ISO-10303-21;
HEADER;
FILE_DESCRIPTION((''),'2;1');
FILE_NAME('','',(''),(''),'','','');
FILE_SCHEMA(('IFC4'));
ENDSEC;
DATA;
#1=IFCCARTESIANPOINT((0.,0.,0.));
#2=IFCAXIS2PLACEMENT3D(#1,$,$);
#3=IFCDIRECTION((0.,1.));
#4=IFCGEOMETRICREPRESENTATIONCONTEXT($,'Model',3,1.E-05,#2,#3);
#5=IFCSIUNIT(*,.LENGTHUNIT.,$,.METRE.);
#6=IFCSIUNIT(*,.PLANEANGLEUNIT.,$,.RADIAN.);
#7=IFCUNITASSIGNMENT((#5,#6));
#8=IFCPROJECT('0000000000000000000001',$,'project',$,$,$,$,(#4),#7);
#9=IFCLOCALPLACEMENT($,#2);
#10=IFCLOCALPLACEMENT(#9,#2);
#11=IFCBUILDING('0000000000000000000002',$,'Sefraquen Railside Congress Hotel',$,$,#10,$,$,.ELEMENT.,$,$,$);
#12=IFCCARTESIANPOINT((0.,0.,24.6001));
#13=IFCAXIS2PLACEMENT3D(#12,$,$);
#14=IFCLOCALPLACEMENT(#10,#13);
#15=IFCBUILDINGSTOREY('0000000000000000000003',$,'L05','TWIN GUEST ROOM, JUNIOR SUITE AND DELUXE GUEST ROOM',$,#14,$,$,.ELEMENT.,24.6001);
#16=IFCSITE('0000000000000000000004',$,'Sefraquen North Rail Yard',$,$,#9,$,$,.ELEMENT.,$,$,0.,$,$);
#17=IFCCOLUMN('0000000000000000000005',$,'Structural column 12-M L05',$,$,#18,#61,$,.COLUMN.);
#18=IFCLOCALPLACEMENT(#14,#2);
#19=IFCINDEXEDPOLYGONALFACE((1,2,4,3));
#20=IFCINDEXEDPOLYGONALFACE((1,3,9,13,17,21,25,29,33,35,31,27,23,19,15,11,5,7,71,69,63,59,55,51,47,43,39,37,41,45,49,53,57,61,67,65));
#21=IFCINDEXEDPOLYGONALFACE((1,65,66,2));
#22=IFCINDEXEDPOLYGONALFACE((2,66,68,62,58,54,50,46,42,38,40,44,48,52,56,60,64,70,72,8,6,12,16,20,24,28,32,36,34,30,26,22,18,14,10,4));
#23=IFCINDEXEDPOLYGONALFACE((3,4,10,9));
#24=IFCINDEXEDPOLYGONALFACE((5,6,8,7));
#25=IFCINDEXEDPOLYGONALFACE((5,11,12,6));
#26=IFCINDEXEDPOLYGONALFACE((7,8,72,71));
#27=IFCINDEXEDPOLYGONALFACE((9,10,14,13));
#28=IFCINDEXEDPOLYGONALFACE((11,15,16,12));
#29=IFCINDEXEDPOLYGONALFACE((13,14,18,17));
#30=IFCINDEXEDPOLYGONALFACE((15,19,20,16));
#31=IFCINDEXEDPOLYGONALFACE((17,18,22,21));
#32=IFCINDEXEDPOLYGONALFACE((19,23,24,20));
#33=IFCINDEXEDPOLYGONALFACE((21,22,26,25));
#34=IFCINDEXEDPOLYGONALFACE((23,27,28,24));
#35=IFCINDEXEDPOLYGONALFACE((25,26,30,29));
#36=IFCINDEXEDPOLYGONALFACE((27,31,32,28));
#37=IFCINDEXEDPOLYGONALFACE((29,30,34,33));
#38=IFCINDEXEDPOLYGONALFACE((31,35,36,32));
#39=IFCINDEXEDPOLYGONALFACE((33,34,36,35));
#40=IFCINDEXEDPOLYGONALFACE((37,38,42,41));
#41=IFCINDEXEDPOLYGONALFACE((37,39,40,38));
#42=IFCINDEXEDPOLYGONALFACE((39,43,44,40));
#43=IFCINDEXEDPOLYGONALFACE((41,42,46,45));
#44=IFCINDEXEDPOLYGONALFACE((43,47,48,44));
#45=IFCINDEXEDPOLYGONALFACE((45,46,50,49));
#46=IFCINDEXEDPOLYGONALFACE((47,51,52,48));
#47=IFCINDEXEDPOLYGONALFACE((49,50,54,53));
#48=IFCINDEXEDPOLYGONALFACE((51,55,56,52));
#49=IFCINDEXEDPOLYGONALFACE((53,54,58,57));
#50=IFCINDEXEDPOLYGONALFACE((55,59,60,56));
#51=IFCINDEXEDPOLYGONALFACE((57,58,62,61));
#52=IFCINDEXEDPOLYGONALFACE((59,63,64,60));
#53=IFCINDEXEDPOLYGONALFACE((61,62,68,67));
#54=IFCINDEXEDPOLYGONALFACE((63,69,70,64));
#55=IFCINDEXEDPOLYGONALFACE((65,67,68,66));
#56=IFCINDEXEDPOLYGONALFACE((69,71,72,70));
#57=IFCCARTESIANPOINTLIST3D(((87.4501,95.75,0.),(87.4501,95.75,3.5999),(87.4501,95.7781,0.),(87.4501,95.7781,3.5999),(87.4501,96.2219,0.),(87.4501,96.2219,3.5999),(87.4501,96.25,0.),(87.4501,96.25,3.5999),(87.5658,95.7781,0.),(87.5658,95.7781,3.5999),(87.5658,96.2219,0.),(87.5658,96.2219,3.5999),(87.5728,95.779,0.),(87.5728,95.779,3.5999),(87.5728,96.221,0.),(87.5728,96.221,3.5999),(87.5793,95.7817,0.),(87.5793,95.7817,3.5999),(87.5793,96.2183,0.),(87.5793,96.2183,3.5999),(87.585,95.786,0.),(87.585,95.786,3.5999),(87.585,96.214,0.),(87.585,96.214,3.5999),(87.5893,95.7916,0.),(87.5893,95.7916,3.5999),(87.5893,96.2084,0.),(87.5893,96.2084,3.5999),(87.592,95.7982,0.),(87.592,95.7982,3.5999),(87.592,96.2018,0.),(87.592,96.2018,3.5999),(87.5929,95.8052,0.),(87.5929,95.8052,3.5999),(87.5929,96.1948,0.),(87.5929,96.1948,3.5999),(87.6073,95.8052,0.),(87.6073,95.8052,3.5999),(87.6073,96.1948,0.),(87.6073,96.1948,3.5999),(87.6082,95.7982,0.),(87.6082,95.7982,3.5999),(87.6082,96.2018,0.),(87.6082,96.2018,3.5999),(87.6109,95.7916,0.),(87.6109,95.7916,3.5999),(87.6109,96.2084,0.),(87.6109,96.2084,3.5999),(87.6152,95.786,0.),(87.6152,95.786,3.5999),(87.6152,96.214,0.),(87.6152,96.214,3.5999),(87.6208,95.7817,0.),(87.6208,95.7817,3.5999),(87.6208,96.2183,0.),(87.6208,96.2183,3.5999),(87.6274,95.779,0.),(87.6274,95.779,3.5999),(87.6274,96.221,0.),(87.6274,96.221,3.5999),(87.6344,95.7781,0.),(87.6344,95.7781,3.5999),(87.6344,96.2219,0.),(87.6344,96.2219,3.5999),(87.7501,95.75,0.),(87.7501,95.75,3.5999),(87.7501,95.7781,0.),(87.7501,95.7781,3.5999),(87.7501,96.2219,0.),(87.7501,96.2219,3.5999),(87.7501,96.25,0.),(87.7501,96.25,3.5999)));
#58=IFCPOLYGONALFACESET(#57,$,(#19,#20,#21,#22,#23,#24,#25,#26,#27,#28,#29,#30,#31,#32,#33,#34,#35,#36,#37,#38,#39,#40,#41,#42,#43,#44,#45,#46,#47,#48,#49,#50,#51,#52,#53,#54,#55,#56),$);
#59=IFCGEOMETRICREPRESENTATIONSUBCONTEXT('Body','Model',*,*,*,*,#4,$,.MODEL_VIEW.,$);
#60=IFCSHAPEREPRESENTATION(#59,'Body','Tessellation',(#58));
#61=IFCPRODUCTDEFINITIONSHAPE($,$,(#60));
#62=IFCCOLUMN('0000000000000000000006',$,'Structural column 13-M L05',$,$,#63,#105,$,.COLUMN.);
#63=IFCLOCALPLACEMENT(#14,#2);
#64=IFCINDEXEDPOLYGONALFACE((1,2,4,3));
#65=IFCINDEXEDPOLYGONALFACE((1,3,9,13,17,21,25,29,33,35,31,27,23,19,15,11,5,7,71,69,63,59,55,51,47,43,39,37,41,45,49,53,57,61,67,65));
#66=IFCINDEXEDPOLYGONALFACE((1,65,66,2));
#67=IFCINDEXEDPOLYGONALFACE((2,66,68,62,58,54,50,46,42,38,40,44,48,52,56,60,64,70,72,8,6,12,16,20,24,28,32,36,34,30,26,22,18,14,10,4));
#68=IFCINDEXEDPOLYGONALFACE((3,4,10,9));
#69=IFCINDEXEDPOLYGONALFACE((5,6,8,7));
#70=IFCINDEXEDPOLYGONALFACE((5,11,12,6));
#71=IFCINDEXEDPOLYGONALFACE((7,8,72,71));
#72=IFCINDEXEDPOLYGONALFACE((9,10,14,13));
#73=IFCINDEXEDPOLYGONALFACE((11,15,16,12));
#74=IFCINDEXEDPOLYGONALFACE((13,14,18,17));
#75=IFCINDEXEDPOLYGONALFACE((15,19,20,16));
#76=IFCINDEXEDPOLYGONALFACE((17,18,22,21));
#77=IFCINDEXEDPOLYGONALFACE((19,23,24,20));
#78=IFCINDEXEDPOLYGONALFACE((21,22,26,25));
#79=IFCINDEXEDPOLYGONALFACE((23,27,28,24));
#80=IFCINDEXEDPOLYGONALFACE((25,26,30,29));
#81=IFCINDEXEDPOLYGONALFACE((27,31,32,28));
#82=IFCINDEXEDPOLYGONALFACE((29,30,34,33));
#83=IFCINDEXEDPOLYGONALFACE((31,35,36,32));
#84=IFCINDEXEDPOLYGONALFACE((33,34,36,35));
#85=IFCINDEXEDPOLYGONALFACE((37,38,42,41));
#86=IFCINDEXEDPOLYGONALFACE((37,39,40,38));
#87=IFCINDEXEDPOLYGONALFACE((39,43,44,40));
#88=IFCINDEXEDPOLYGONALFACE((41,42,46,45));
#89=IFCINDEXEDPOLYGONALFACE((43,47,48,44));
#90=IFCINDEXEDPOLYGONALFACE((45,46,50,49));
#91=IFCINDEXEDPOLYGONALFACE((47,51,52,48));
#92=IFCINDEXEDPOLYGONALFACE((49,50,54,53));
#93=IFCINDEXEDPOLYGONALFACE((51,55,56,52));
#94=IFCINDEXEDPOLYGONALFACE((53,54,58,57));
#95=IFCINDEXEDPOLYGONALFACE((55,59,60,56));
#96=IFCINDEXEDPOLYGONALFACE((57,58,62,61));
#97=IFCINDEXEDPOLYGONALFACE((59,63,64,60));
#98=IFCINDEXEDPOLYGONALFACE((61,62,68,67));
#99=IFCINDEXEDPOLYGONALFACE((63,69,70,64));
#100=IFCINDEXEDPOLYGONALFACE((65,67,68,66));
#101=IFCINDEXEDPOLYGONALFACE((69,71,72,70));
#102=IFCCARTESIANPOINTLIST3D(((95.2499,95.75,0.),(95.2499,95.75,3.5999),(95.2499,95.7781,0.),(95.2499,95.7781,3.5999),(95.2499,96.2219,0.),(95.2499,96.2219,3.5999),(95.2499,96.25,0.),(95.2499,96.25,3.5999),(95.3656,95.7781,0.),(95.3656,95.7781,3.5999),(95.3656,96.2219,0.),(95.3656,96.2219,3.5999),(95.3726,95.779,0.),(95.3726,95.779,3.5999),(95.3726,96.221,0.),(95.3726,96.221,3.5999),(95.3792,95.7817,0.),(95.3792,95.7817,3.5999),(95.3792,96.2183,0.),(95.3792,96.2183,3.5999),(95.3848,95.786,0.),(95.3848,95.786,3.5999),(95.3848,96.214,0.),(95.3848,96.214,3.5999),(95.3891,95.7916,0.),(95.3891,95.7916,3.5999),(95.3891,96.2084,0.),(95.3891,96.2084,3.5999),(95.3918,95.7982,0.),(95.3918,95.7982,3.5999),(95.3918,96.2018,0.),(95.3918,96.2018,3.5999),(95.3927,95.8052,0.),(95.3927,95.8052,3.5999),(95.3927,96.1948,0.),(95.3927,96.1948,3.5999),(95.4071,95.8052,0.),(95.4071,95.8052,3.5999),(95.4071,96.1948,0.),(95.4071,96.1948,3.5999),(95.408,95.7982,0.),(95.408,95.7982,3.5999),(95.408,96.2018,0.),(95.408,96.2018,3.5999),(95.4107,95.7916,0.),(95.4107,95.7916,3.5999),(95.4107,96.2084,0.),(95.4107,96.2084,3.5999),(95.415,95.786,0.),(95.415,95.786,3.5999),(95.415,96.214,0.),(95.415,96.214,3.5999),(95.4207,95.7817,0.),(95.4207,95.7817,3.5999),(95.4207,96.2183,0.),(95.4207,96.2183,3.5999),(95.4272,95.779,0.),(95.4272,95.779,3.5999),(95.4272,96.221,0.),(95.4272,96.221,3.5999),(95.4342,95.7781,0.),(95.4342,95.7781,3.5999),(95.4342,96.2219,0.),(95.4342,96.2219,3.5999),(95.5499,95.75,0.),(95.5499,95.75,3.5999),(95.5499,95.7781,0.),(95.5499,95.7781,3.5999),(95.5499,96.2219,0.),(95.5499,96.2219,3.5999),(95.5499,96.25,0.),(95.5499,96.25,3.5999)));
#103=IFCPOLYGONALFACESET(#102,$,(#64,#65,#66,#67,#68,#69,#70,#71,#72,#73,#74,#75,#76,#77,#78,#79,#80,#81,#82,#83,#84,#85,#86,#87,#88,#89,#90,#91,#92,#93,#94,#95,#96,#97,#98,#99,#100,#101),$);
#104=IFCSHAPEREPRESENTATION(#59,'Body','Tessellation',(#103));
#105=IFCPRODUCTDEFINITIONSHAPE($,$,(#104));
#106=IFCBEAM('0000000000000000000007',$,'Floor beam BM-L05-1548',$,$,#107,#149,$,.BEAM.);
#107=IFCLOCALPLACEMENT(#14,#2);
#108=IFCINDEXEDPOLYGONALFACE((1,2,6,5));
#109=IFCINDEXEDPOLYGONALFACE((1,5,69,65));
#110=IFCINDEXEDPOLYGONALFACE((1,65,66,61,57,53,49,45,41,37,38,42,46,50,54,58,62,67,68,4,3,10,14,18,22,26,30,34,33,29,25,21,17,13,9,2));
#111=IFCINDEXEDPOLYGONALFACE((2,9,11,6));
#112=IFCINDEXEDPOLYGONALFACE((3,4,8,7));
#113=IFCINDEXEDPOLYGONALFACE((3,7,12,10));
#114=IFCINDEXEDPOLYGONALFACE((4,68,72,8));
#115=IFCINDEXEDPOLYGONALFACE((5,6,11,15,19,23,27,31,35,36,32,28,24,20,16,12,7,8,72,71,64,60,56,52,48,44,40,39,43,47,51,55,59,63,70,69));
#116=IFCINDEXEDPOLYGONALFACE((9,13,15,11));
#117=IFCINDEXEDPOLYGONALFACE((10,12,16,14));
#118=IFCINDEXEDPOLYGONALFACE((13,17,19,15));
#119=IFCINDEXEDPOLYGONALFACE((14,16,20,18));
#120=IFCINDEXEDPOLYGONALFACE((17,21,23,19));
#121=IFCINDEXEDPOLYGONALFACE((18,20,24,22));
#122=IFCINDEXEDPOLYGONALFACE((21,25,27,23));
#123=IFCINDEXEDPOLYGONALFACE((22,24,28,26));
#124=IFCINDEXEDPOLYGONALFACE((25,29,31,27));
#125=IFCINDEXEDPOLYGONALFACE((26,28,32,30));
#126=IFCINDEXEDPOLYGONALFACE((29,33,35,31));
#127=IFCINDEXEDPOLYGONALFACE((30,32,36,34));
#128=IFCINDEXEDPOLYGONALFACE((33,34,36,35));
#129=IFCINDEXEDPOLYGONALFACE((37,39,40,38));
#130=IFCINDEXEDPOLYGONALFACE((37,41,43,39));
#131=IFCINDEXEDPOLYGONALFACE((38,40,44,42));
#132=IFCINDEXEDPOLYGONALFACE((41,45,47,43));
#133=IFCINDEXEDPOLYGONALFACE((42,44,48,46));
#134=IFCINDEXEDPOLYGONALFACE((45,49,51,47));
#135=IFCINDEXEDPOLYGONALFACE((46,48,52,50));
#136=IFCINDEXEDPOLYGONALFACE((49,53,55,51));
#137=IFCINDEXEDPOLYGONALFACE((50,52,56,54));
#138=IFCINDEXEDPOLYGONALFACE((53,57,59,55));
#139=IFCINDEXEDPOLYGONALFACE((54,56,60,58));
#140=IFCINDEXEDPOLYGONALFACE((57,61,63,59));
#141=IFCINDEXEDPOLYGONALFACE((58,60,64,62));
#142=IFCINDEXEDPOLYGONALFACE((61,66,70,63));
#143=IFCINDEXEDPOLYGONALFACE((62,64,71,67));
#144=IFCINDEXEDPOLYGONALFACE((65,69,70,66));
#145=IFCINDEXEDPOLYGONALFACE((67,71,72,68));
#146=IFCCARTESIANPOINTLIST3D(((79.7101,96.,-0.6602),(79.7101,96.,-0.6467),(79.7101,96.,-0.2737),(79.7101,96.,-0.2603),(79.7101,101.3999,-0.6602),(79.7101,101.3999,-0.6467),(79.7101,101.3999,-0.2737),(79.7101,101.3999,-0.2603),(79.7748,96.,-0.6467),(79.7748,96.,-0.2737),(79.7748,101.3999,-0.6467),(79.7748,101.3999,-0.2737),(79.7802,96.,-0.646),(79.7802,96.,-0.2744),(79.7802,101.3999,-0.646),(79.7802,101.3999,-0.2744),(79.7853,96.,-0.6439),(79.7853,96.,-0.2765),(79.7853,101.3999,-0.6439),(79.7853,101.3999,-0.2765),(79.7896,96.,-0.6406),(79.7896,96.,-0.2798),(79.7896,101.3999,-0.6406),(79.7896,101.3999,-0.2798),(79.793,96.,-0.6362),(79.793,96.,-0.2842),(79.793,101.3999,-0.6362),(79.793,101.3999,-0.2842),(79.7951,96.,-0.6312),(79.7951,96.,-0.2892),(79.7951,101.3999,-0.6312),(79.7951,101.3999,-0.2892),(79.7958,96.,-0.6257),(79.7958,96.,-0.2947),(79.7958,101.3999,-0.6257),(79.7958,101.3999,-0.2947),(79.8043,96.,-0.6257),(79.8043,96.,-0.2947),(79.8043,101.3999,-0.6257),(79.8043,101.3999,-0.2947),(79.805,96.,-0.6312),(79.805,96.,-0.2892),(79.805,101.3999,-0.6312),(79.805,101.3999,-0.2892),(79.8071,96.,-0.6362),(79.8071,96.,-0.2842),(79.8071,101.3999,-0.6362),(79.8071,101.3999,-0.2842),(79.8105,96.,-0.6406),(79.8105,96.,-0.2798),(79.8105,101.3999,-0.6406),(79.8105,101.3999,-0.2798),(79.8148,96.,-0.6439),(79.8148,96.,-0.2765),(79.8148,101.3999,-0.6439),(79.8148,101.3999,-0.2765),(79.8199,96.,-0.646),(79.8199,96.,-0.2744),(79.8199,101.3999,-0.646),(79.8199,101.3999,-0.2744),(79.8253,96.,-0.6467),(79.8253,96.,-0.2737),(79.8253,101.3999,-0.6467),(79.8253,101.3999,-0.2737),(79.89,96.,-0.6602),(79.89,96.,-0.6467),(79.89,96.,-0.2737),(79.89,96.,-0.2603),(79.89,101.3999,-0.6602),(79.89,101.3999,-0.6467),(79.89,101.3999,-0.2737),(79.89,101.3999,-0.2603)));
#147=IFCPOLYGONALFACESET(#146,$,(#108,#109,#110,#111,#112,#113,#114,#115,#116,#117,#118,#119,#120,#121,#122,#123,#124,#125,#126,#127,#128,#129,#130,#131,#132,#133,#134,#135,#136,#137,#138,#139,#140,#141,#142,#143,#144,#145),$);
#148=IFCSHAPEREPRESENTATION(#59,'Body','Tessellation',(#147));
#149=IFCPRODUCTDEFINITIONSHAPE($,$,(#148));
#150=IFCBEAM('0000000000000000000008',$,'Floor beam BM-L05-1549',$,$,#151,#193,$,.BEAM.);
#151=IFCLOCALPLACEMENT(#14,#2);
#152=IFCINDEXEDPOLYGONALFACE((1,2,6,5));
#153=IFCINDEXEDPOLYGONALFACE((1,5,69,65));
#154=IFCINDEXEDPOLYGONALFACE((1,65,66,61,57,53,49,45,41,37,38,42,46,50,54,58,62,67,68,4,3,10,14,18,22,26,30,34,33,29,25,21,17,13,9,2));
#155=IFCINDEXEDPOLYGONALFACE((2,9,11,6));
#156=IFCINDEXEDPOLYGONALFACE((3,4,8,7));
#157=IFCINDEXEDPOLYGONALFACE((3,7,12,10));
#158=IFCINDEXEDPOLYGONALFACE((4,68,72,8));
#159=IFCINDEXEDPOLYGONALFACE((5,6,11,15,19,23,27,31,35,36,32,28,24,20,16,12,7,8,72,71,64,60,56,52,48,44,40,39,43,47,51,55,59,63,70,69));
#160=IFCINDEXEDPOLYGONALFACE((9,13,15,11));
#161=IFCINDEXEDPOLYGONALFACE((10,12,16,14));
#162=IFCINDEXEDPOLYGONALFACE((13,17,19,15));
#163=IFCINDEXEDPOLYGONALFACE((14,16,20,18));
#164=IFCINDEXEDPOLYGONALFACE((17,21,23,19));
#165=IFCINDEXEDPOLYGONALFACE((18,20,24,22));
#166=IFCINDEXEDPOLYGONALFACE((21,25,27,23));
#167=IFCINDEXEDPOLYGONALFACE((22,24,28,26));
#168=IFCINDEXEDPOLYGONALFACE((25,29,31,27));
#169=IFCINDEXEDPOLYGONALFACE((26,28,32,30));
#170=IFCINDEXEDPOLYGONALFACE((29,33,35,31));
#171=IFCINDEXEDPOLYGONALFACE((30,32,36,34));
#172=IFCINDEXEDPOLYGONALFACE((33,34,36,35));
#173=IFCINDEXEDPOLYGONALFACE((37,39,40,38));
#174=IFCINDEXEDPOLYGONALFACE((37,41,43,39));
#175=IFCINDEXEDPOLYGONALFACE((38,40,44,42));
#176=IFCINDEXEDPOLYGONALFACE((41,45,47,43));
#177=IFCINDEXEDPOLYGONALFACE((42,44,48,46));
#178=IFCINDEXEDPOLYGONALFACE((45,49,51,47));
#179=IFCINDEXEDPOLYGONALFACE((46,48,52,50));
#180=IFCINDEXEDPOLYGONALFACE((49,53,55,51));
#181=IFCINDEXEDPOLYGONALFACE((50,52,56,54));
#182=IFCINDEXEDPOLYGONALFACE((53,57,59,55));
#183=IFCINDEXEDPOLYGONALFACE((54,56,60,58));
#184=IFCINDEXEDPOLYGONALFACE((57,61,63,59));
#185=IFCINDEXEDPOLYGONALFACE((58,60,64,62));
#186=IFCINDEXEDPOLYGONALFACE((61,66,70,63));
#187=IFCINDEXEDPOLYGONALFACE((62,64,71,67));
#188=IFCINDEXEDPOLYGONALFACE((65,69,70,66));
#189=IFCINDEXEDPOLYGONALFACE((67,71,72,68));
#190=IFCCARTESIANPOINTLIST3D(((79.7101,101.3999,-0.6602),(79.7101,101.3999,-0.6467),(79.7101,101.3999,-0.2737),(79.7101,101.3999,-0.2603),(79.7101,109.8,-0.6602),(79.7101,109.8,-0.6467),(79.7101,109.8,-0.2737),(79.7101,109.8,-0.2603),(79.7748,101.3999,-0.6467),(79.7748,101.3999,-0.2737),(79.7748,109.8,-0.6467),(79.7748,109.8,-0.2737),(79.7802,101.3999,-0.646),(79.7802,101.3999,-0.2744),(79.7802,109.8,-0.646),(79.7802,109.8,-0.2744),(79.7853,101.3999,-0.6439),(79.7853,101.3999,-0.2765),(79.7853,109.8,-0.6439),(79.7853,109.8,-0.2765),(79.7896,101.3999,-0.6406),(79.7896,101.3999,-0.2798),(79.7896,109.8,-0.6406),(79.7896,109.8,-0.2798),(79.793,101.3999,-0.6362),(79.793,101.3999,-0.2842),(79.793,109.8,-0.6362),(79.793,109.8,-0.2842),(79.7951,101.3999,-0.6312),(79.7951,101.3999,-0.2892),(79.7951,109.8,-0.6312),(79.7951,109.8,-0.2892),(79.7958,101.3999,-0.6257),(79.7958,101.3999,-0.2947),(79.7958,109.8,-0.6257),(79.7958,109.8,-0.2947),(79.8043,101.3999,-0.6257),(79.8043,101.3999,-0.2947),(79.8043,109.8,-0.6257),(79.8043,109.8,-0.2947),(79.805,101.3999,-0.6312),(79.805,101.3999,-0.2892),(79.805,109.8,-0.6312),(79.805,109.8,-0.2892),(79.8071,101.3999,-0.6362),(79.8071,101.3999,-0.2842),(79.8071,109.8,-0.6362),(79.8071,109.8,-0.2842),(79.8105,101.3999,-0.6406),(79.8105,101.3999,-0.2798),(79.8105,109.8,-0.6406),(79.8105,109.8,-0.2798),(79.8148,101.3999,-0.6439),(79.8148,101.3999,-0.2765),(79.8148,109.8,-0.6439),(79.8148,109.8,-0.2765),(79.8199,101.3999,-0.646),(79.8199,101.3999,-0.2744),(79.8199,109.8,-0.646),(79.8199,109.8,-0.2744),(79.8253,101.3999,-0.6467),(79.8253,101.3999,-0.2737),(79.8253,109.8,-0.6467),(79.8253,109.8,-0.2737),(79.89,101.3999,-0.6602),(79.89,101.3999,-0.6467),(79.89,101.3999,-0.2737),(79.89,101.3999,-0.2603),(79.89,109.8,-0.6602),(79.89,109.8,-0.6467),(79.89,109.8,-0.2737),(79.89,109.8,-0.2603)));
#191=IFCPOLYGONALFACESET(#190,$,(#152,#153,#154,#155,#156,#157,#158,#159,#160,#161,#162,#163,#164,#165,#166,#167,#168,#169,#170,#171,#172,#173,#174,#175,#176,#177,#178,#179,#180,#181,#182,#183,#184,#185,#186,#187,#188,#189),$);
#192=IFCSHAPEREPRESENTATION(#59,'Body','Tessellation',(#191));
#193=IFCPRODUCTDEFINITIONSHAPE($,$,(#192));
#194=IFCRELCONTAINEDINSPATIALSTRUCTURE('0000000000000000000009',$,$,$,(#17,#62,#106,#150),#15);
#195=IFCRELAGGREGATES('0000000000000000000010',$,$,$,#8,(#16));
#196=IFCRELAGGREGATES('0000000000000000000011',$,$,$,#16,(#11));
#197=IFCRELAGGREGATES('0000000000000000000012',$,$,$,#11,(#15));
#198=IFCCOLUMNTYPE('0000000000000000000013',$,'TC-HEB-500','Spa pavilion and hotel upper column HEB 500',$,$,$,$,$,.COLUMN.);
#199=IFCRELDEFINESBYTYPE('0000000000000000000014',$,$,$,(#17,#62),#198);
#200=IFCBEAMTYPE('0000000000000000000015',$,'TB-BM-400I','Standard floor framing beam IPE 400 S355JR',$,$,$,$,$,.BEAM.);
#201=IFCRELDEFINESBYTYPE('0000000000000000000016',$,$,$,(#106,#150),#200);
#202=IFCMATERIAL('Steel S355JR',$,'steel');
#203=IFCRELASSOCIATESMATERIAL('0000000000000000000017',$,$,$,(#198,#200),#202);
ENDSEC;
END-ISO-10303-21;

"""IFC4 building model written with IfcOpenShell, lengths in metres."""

from ifc_helpers import new_model, si_unit, direction, frame, origin, origin_2d, place, context, subcontext, project, spatial, i_section, extrude, material, material_profile, profile_set, type_object, element, save


model = new_model("IFC4")

# Units and contexts
model_context = context("Model", 3, precision=1e-05, world=origin(), true_north=direction((0.0, 1.0)))
body_context = subcontext(model_context, "Body", "Model", "MODEL_VIEW")
ifc_project = project(units=[si_unit("LENGTHUNIT", "METRE"), si_unit("PLANEANGLEUNIT", "RADIAN")], contexts=[model_context])

# Site, building, storey
site_placement = place(None, origin())
site = spatial("IfcSite", under=ifc_project, at=site_placement, Name="Sefraquen North Rail Yard", CompositionType="ELEMENT", RefElevation=0.0)
building_placement = place(site_placement, origin())
building = spatial("IfcBuilding", under=site, at=building_placement, Name="Sefraquen Railside Congress Hotel", CompositionType="ELEMENT")
storey_placement = place(building_placement, frame((0.0, 0.0, 24.6001)))
storey = spatial("IfcBuildingStorey", under=building, at=storey_placement, Name="L05", Description="TWIN GUEST ROOM, JUNIOR SUITE AND DELUXE GUEST ROOM", CompositionType="ELEMENT", Elevation=24.6001)

# Columns
ifc_material_1 = material(Name="Steel S355JR", Category="steel")
ifc_material_profile_1 = material_profile(ifc_material_1, i_section(OverallWidth=0.3, OverallDepth=0.5, WebThickness=0.0144, FlangeThickness=0.0281, FilletRadius=0.0271, at=origin_2d()), Name="HEB 500")
ifc_profile_set_1 = profile_set([ifc_material_profile_1], Name="Steel S355JR")
column_type_1 = type_object("IfcColumnType", Name="TC-HEB-500", Description="Spa pavilion and hotel upper column HEB 500", PredefinedType="COLUMN", material=ifc_profile_set_1)
for number, where, z_axis, x_axis, name in (
    (1, (87.6001, 96.0, 0.0), (0.0, 0.0, 1.0), (1.0, 0.0, 0.0), "Structural column 12-M L05"),
    (2, (95.3999, 96.0, 0.0), (0.0, 0.0, 1.0), (1.0, 0.0, 0.0), "Structural column 13-M L05"),
):
    element("IfcColumn", number, at=place(storey_placement, frame(where, z_axis=z_axis, x_axis=x_axis)), inside=storey, type_object=column_type_1, Name=name, PredefinedType="COLUMN", context=body_context, shape_type="SweptSolid", body=[
        extrude(i_section(OverallWidth=0.3, OverallDepth=0.5, WebThickness=0.0144, FlangeThickness=0.0281, FilletRadius=0.0271, at=origin_2d()), origin(), (0.0, 0.0, 1.0), 3.5999),
    ])

# Beams
ifc_material_profile_2 = material_profile(ifc_material_1, i_section(OverallWidth=0.1799, OverallDepth=0.3999, WebThickness=0.0085, FlangeThickness=0.0134, FilletRadius=0.021, at=origin_2d()), Name="IPE 400")
ifc_profile_set_2 = profile_set([ifc_material_profile_2], Name="Steel S355JR")
beam_type_1 = type_object("IfcBeamType", Name="TB-BM-400I", Description="Standard floor framing beam IPE 400 S355JR", PredefinedType="BEAM", material=ifc_profile_set_2)
beam_1_placement = place(storey_placement, frame((79.8, 96.0, -0.4602), z_axis=(0.0, 1.0, 0.0), x_axis=(-1.0, 0.0, 0.0)))
element("IfcBeam", 3, at=beam_1_placement, inside=storey, type_object=beam_type_1, Name="Floor beam BM-L05-1548", PredefinedType="BEAM", context=body_context, shape_type="SweptSolid", body=[
    extrude(i_section(OverallWidth=0.1799, OverallDepth=0.3999, WebThickness=0.0085, FlangeThickness=0.0134, FilletRadius=0.021, at=origin_2d()), origin(), (0.0, 0.0, 1.0), 5.3999),
])
beam_2_placement = place(storey_placement, frame((79.8, 101.3999, -0.4602), z_axis=(0.0, 1.0, 0.0), x_axis=(-1.0, 0.0, 0.0)))
element("IfcBeam", 4, at=beam_2_placement, inside=storey, type_object=beam_type_1, Name="Floor beam BM-L05-1549", PredefinedType="BEAM", context=body_context, shape_type="SweptSolid", body=[
    extrude(i_section(OverallWidth=0.1799, OverallDepth=0.3999, WebThickness=0.0085, FlangeThickness=0.0134, FilletRadius=0.021, at=origin_2d()), origin(), (0.0, 0.0, 1.0), 8.4001),
])

save(model, "model.ifc")
